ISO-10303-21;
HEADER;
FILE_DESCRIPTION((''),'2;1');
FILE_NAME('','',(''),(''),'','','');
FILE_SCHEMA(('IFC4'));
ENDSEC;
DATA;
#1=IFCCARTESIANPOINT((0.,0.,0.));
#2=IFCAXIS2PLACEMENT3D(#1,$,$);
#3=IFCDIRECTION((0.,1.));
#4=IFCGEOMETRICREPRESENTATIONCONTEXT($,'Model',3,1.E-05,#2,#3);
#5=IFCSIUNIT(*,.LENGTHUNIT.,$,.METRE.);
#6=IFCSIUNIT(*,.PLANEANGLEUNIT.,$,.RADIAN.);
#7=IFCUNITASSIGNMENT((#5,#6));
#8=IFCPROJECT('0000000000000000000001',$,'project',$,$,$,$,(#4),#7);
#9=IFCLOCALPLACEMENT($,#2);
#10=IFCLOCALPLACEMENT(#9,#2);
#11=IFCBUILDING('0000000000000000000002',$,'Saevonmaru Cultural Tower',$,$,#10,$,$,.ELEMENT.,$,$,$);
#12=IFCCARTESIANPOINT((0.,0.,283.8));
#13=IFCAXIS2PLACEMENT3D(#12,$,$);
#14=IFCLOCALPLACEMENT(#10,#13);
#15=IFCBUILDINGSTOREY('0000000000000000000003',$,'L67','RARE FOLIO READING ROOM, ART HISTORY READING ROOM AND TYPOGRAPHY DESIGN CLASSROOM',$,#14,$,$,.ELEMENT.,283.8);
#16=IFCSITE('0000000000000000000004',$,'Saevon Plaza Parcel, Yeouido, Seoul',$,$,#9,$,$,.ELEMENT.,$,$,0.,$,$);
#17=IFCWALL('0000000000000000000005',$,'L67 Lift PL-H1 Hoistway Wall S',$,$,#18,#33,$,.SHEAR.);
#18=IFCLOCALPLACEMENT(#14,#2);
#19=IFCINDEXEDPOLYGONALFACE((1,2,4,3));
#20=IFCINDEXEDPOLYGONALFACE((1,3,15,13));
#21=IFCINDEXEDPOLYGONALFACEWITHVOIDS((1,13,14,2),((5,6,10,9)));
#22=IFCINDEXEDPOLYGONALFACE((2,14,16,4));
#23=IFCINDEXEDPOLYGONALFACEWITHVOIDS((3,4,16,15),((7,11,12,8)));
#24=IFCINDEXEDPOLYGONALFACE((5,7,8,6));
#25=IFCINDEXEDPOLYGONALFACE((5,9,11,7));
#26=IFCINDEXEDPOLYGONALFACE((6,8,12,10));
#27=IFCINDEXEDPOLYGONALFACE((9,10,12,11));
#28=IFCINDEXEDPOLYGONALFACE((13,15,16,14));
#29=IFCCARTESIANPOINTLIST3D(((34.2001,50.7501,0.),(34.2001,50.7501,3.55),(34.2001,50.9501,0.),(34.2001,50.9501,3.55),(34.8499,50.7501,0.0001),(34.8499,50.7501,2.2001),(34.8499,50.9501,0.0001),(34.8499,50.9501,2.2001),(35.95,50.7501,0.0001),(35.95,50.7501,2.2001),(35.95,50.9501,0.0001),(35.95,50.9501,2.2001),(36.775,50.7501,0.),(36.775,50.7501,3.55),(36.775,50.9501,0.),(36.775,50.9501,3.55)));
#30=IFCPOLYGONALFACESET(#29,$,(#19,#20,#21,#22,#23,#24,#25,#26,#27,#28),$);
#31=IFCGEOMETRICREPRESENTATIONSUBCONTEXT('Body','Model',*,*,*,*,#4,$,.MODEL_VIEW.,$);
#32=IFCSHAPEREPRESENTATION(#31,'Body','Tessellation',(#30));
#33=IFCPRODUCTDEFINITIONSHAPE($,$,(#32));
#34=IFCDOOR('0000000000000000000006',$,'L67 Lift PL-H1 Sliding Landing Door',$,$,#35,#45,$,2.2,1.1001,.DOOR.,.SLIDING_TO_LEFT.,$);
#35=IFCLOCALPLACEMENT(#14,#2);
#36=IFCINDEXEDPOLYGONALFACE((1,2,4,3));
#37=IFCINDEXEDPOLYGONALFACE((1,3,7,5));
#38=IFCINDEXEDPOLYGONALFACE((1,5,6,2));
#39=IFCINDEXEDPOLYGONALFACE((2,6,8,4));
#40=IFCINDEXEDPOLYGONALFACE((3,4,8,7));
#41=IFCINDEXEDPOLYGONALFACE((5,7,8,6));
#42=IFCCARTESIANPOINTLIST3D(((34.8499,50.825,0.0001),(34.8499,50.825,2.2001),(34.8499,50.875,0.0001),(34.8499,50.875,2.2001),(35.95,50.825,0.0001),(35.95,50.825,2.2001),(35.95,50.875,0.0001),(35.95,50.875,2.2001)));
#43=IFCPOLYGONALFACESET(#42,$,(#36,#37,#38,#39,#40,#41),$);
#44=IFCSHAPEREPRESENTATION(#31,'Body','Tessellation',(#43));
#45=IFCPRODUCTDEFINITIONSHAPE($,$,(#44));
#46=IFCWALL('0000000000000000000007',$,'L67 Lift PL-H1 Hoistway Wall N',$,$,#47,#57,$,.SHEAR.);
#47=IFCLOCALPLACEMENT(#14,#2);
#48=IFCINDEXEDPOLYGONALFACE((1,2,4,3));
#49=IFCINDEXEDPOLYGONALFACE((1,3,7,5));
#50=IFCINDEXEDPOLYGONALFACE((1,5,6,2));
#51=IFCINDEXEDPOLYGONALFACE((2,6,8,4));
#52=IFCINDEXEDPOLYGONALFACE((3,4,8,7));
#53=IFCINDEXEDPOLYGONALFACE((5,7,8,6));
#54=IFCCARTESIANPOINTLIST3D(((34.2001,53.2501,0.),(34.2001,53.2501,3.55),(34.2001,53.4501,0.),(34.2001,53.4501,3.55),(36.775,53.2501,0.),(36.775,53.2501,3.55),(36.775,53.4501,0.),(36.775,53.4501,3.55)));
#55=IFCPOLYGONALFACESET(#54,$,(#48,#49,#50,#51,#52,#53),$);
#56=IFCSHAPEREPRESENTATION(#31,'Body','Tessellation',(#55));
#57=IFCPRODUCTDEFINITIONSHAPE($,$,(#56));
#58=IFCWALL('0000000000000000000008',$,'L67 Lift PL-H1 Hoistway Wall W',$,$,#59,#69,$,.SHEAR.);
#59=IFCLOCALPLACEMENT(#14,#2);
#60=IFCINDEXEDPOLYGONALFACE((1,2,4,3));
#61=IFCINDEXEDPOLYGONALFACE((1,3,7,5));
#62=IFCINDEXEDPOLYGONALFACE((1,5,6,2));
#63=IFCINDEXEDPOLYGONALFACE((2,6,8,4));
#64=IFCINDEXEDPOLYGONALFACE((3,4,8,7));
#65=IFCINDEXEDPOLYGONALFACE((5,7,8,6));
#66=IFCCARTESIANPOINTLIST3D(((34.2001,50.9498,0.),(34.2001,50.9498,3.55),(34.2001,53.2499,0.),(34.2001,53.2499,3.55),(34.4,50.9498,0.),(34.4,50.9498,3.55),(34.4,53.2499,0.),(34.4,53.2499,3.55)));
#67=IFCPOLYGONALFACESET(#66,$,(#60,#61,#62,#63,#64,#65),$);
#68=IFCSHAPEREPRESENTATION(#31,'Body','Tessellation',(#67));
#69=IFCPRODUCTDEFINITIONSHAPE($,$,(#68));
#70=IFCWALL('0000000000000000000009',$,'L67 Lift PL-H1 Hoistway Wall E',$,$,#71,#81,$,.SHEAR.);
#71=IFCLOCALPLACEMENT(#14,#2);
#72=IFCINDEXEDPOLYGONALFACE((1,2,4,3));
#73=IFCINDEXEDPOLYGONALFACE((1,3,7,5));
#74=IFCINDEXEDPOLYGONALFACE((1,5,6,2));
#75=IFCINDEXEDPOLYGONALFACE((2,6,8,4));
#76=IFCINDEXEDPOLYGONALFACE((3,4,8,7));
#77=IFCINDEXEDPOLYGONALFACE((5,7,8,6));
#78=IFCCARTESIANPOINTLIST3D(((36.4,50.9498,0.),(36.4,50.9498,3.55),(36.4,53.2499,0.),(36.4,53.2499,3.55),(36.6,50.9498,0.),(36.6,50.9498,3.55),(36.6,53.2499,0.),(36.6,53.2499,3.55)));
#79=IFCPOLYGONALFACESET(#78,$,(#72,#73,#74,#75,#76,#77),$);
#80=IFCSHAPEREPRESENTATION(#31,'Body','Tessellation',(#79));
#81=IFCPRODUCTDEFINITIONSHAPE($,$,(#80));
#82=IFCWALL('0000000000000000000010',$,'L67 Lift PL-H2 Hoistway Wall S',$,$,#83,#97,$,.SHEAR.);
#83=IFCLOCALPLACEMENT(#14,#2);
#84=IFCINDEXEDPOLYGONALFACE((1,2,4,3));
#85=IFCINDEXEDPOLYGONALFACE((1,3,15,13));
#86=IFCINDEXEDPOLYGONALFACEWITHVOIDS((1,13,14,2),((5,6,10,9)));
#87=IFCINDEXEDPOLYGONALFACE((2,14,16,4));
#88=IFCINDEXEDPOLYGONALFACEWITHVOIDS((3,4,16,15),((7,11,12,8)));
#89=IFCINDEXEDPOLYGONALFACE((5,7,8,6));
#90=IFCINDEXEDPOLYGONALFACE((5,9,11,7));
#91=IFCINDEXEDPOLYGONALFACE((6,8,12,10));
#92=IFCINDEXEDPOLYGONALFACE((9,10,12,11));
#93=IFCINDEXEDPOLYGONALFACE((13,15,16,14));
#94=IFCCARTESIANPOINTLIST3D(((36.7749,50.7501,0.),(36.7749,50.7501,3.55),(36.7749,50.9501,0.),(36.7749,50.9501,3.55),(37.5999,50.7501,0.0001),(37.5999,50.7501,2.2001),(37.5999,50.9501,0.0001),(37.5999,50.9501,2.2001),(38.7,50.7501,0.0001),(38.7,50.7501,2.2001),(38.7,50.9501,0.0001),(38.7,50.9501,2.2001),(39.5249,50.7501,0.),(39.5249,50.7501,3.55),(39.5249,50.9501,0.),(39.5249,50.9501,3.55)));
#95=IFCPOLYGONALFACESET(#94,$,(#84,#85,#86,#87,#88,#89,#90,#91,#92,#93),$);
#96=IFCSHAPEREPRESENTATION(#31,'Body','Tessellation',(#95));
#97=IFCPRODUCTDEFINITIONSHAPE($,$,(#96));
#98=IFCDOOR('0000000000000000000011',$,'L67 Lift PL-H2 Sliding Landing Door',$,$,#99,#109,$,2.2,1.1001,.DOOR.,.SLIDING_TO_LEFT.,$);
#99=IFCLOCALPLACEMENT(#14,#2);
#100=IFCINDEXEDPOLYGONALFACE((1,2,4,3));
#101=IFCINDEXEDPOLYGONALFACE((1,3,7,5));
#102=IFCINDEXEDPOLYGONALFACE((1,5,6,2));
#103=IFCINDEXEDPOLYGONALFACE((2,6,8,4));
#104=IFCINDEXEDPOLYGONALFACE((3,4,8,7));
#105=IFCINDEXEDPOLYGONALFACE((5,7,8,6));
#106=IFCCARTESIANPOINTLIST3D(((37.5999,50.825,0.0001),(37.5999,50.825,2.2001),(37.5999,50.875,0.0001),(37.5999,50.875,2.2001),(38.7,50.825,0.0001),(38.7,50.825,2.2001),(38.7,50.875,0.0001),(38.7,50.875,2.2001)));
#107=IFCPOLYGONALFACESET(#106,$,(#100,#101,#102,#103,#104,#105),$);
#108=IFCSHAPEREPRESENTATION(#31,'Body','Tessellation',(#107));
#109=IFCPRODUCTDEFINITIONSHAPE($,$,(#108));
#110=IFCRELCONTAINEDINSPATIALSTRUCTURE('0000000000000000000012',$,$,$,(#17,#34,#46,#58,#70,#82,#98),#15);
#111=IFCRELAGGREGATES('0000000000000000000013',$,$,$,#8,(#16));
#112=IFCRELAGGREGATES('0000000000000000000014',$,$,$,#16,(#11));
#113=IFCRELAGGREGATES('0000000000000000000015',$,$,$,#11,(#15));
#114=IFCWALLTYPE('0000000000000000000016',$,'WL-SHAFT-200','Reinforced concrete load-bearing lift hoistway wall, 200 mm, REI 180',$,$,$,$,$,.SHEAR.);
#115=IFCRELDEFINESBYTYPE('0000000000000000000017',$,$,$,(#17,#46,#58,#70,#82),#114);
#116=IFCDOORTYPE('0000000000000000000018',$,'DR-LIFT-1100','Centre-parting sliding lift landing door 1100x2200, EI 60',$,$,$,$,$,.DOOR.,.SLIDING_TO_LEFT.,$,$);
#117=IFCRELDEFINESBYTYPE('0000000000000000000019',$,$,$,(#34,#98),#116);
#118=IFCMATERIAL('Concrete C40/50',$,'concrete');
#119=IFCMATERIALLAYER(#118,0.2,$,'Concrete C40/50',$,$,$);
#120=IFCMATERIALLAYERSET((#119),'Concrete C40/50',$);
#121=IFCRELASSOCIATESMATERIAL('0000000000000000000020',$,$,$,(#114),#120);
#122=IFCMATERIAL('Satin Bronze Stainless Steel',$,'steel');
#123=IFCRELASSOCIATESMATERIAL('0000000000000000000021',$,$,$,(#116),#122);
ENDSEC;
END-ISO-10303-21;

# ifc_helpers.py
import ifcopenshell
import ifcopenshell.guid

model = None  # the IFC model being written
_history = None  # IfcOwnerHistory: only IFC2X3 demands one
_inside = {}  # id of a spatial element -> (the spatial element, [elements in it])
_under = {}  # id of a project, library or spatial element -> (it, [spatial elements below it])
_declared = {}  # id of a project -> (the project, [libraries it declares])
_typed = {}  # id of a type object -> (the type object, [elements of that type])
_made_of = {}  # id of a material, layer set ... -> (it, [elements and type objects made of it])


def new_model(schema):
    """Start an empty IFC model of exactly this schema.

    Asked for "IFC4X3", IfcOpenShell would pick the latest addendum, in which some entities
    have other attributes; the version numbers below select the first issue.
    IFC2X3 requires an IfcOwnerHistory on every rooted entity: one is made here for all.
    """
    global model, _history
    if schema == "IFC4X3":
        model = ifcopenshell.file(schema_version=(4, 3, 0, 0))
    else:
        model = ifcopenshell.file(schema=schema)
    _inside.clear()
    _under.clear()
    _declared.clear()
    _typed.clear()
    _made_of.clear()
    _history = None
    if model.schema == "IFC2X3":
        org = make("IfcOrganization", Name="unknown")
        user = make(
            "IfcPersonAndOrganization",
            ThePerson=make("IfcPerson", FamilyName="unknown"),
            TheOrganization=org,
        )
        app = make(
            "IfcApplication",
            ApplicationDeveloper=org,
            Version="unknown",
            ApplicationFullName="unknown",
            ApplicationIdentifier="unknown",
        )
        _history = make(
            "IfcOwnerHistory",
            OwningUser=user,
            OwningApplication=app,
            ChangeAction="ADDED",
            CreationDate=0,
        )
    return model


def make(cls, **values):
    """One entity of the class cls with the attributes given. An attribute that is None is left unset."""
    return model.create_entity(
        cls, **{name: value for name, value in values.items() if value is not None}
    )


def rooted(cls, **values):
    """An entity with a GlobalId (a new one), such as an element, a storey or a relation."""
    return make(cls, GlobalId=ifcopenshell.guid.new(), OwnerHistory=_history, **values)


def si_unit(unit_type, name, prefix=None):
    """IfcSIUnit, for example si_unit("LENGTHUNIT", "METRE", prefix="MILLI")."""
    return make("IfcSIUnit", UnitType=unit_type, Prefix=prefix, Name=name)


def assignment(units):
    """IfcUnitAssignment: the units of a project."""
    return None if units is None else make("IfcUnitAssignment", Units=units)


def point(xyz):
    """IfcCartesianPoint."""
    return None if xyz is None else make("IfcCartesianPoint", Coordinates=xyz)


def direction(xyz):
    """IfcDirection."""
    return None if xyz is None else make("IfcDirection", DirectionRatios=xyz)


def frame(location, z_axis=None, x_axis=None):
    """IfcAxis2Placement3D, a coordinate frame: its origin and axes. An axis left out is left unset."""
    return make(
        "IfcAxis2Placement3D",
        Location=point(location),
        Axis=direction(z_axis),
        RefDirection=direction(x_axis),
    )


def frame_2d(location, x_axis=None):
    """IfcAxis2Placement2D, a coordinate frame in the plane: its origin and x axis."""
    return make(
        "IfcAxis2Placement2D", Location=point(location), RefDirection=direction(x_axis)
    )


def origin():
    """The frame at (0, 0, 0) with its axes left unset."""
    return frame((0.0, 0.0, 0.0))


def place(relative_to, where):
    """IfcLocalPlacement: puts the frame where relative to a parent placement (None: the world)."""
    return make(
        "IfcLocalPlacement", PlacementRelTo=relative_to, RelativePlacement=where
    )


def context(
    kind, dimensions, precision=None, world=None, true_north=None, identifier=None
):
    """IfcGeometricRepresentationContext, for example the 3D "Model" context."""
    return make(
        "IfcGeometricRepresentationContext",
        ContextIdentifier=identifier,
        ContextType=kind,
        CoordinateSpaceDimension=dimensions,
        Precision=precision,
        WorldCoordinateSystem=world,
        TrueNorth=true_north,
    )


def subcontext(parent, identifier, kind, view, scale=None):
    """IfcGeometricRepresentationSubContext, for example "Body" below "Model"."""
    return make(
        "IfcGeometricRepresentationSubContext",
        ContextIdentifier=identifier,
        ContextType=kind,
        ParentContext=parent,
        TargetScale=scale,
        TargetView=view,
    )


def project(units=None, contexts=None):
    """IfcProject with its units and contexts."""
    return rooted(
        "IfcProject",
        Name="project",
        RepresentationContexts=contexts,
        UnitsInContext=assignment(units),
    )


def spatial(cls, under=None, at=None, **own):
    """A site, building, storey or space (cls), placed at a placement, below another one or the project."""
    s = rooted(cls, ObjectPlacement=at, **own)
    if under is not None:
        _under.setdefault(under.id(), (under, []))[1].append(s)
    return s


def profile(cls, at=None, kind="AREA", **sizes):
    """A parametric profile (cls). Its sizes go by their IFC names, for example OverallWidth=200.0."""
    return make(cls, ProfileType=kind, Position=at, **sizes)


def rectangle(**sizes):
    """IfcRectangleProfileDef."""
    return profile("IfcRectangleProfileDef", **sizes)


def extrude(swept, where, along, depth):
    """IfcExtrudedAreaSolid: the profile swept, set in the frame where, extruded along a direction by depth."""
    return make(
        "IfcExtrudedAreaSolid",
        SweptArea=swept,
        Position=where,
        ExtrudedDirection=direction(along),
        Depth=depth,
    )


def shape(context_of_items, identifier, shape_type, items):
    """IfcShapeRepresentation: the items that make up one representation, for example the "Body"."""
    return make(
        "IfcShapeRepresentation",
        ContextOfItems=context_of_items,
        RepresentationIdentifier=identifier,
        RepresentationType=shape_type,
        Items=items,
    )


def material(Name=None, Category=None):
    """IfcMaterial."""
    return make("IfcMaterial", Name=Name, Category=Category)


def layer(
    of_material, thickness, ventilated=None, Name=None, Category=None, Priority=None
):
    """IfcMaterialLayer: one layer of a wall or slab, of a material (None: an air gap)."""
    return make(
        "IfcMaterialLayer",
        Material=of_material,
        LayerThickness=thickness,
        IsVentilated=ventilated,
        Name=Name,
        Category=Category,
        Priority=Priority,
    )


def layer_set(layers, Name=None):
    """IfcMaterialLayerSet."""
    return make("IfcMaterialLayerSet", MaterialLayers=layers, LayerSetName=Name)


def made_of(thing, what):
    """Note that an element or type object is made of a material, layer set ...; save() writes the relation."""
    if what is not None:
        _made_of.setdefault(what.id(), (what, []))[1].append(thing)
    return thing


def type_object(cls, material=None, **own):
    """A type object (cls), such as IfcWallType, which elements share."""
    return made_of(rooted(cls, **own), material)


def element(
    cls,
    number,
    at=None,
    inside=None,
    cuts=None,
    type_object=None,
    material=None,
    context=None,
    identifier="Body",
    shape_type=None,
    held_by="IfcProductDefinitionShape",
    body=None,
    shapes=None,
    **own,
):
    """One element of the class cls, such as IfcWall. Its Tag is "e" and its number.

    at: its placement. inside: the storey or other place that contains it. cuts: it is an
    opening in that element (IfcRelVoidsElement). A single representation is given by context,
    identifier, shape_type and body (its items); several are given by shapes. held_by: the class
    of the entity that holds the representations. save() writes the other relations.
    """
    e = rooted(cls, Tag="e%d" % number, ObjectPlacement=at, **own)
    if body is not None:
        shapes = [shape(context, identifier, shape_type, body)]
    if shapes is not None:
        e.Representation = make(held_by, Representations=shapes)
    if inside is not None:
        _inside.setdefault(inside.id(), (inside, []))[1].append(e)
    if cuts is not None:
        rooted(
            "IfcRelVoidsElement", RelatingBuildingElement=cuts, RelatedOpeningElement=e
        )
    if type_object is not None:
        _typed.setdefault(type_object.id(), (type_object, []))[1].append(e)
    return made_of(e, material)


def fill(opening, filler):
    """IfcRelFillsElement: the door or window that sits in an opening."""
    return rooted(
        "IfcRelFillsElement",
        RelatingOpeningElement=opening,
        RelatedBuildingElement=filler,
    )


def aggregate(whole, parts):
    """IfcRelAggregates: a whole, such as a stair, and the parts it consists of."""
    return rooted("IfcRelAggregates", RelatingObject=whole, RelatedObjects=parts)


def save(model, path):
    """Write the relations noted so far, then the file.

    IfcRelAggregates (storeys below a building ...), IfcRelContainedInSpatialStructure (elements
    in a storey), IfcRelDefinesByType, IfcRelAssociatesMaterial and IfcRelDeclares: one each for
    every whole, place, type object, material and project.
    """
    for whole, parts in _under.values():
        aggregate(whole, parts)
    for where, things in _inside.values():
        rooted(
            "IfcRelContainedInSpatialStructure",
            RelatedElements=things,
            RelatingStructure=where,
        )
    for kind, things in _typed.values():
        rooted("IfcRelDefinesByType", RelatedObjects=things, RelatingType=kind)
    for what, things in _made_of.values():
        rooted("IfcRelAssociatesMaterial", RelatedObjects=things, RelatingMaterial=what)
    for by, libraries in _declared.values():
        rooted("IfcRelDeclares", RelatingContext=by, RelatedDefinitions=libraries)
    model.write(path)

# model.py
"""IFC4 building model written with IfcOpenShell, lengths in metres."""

from ifc_helpers import new_model, si_unit, direction, frame, frame_2d, origin, place, context, subcontext, project, spatial, rectangle, extrude, material, layer, layer_set, type_object, element, fill, save


model = new_model("IFC4")

# Units and contexts
model_context = context("Model", 3, precision=1e-05, world=origin(), true_north=direction((0.0, 1.0)))
body_context = subcontext(model_context, "Body", "Model", "MODEL_VIEW")
ifc_project = project(units=[si_unit("LENGTHUNIT", "METRE"), si_unit("PLANEANGLEUNIT", "RADIAN")], contexts=[model_context])

# Site, building, storey
site_placement = place(None, origin())
site = spatial("IfcSite", under=ifc_project, at=site_placement, Name="Saevon Plaza Parcel, Yeouido, Seoul", CompositionType="ELEMENT", RefElevation=0.0)
building_placement = place(site_placement, origin())
building = spatial("IfcBuilding", under=site, at=building_placement, Name="Saevonmaru Cultural Tower", CompositionType="ELEMENT")
storey_placement = place(building_placement, frame((0.0, 0.0, 283.8)))
storey = spatial("IfcBuildingStorey", under=building, at=storey_placement, Name="L67", Description="RARE FOLIO READING ROOM, ART HISTORY READING ROOM AND TYPOGRAPHY DESIGN CLASSROOM", CompositionType="ELEMENT", Elevation=283.8)

# Wall, opening, door
ifc_material_1 = material(Name="Concrete C40/50", Category="concrete")
ifc_layer_1 = layer(ifc_material_1, 0.2, Name="Concrete C40/50")
ifc_layer_set_1 = layer_set([ifc_layer_1], Name="Concrete C40/50")
wall_type_1 = type_object("IfcWallType", Name="WL-SHAFT-200", Description="Reinforced concrete load-bearing lift hoistway wall, 200 mm, REI 180", PredefinedType="SHEAR", material=ifc_layer_set_1)
wall_1_placement = place(storey_placement, frame((34.2, 50.8501, 0.0), z_axis=(0.0, 0.0, 1.0), x_axis=(1.0, 0.0, 0.0)))
wall_1 = element("IfcWall", 1, at=wall_1_placement, inside=storey, type_object=wall_type_1, Name="L67 Lift PL-H1 Hoistway Wall S", PredefinedType="SHEAR", context=body_context, shape_type="SweptSolid", body=[
    extrude(rectangle(XDim=2.575, YDim=0.2, at=frame_2d((1.2876, 0.0))), origin(), (0.0, 0.0, 1.0), 3.55),
])
opening_1_placement = place(wall_1_placement, frame((0.6499, 0.0, 0.0)))
opening_1 = element("IfcOpeningElement", 2, at=opening_1_placement, cuts=wall_1, PredefinedType="OPENING", context=body_context, shape_type="SweptSolid", body=[
    extrude(rectangle(XDim=1.1001, YDim=2.2, at=frame_2d((0.55, 1.1001))), frame((0.0, 0.1099, 0.0), z_axis=(0.0, -1.0, 0.0), x_axis=(1.0, 0.0, 0.0)), (0.0, 0.0, 1.0), 0.22),
])
ifc_material_2 = material(Name="Satin Bronze Stainless Steel", Category="steel")
door_type_1 = type_object("IfcDoorType", Name="DR-LIFT-1100", Description="Centre-parting sliding lift landing door 1100x2200, EI 60", OperationType="SLIDING_TO_LEFT", PredefinedType="DOOR", material=ifc_material_2)
door_1_placement = place(opening_1_placement, origin())
door_1 = element("IfcDoor", 3, at=door_1_placement, inside=storey, type_object=door_type_1, Name="L67 Lift PL-H1 Sliding Landing Door", OperationType="SLIDING_TO_LEFT", OverallHeight=2.2, OverallWidth=1.1001, PredefinedType="DOOR", context=body_context, shape_type="SweptSolid", body=[
    extrude(rectangle(XDim=1.1001, YDim=2.2, at=frame_2d((0.55, 1.1001))), frame((0.0, 0.0249, 0.0), z_axis=(0.0, -1.0, 0.0), x_axis=(1.0, 0.0, 0.0)), (0.0, 0.0, 1.0), 0.05),
])
fill(opening_1, door_1)

# Walls
wall_2_placement = place(storey_placement, frame((34.2, 53.3501, 0.0), z_axis=(0.0, 0.0, 1.0), x_axis=(1.0, 0.0, 0.0)))
element("IfcWall", 4, at=wall_2_placement, inside=storey, type_object=wall_type_1, Name="L67 Lift PL-H1 Hoistway Wall N", PredefinedType="SHEAR", context=body_context, shape_type="SweptSolid", body=[
    extrude(rectangle(XDim=2.575, YDim=0.2, at=frame_2d((1.2876, 0.0))), origin(), (0.0, 0.0, 1.0), 3.55),
])
for number, where, z_axis, x_axis, name in (
    (5, (34.3, 50.95, 0.0), (0.0, 0.0, 1.0), (0.0, 1.0, 0.0), "L67 Lift PL-H1 Hoistway Wall W"),
    (6, (36.5, 50.95, 0.0), (0.0, 0.0, 1.0), (0.0, 1.0, 0.0), "L67 Lift PL-H1 Hoistway Wall E"),
):
    element("IfcWall", number, at=place(storey_placement, frame(where, z_axis=z_axis, x_axis=x_axis)), inside=storey, type_object=wall_type_1, Name=name, PredefinedType="SHEAR", context=body_context, shape_type="SweptSolid", body=[
        extrude(rectangle(XDim=2.3, YDim=0.2, at=frame_2d((1.1499, 0.0))), origin(), (0.0, 0.0, 1.0), 3.55),
    ])

# Wall, opening, door
wall_3_placement = place(storey_placement, frame((36.7749, 50.8501, 0.0), z_axis=(0.0, 0.0, 1.0), x_axis=(1.0, 0.0, 0.0)))
wall_3 = element("IfcWall", 7, at=wall_3_placement, inside=storey, type_object=wall_type_1, Name="L67 Lift PL-H2 Hoistway Wall S", PredefinedType="SHEAR", context=body_context, shape_type="SweptSolid", body=[
    extrude(rectangle(XDim=2.75, YDim=0.2, at=frame_2d((1.375, 0.0))), origin(), (0.0, 0.0, 1.0), 3.55),
])
opening_2_placement = place(wall_3_placement, frame((0.825, 0.0, 0.0)))
opening_2 = element("IfcOpeningElement", 8, at=opening_2_placement, cuts=wall_3, PredefinedType="OPENING", context=body_context, shape_type="SweptSolid", body=[
    extrude(rectangle(XDim=1.1001, YDim=2.2, at=frame_2d((0.55, 1.1001))), frame((0.0, 0.1099, 0.0), z_axis=(0.0, -1.0, 0.0), x_axis=(1.0, 0.0, 0.0)), (0.0, 0.0, 1.0), 0.22),
])
door_2_placement = place(opening_2_placement, origin())
door_2 = element("IfcDoor", 9, at=door_2_placement, inside=storey, type_object=door_type_1, Name="L67 Lift PL-H2 Sliding Landing Door", OperationType="SLIDING_TO_LEFT", OverallHeight=2.2, OverallWidth=1.1001, PredefinedType="DOOR", context=body_context, shape_type="SweptSolid", body=[
    extrude(rectangle(XDim=1.1001, YDim=2.2, at=frame_2d((0.55, 1.1001))), frame((0.0, 0.0249, 0.0), z_axis=(0.0, -1.0, 0.0), x_axis=(1.0, 0.0, 0.0)), (0.0, 0.0, 1.0), 0.05),
])
fill(opening_2, door_2)

save(model, "model.ifc")
